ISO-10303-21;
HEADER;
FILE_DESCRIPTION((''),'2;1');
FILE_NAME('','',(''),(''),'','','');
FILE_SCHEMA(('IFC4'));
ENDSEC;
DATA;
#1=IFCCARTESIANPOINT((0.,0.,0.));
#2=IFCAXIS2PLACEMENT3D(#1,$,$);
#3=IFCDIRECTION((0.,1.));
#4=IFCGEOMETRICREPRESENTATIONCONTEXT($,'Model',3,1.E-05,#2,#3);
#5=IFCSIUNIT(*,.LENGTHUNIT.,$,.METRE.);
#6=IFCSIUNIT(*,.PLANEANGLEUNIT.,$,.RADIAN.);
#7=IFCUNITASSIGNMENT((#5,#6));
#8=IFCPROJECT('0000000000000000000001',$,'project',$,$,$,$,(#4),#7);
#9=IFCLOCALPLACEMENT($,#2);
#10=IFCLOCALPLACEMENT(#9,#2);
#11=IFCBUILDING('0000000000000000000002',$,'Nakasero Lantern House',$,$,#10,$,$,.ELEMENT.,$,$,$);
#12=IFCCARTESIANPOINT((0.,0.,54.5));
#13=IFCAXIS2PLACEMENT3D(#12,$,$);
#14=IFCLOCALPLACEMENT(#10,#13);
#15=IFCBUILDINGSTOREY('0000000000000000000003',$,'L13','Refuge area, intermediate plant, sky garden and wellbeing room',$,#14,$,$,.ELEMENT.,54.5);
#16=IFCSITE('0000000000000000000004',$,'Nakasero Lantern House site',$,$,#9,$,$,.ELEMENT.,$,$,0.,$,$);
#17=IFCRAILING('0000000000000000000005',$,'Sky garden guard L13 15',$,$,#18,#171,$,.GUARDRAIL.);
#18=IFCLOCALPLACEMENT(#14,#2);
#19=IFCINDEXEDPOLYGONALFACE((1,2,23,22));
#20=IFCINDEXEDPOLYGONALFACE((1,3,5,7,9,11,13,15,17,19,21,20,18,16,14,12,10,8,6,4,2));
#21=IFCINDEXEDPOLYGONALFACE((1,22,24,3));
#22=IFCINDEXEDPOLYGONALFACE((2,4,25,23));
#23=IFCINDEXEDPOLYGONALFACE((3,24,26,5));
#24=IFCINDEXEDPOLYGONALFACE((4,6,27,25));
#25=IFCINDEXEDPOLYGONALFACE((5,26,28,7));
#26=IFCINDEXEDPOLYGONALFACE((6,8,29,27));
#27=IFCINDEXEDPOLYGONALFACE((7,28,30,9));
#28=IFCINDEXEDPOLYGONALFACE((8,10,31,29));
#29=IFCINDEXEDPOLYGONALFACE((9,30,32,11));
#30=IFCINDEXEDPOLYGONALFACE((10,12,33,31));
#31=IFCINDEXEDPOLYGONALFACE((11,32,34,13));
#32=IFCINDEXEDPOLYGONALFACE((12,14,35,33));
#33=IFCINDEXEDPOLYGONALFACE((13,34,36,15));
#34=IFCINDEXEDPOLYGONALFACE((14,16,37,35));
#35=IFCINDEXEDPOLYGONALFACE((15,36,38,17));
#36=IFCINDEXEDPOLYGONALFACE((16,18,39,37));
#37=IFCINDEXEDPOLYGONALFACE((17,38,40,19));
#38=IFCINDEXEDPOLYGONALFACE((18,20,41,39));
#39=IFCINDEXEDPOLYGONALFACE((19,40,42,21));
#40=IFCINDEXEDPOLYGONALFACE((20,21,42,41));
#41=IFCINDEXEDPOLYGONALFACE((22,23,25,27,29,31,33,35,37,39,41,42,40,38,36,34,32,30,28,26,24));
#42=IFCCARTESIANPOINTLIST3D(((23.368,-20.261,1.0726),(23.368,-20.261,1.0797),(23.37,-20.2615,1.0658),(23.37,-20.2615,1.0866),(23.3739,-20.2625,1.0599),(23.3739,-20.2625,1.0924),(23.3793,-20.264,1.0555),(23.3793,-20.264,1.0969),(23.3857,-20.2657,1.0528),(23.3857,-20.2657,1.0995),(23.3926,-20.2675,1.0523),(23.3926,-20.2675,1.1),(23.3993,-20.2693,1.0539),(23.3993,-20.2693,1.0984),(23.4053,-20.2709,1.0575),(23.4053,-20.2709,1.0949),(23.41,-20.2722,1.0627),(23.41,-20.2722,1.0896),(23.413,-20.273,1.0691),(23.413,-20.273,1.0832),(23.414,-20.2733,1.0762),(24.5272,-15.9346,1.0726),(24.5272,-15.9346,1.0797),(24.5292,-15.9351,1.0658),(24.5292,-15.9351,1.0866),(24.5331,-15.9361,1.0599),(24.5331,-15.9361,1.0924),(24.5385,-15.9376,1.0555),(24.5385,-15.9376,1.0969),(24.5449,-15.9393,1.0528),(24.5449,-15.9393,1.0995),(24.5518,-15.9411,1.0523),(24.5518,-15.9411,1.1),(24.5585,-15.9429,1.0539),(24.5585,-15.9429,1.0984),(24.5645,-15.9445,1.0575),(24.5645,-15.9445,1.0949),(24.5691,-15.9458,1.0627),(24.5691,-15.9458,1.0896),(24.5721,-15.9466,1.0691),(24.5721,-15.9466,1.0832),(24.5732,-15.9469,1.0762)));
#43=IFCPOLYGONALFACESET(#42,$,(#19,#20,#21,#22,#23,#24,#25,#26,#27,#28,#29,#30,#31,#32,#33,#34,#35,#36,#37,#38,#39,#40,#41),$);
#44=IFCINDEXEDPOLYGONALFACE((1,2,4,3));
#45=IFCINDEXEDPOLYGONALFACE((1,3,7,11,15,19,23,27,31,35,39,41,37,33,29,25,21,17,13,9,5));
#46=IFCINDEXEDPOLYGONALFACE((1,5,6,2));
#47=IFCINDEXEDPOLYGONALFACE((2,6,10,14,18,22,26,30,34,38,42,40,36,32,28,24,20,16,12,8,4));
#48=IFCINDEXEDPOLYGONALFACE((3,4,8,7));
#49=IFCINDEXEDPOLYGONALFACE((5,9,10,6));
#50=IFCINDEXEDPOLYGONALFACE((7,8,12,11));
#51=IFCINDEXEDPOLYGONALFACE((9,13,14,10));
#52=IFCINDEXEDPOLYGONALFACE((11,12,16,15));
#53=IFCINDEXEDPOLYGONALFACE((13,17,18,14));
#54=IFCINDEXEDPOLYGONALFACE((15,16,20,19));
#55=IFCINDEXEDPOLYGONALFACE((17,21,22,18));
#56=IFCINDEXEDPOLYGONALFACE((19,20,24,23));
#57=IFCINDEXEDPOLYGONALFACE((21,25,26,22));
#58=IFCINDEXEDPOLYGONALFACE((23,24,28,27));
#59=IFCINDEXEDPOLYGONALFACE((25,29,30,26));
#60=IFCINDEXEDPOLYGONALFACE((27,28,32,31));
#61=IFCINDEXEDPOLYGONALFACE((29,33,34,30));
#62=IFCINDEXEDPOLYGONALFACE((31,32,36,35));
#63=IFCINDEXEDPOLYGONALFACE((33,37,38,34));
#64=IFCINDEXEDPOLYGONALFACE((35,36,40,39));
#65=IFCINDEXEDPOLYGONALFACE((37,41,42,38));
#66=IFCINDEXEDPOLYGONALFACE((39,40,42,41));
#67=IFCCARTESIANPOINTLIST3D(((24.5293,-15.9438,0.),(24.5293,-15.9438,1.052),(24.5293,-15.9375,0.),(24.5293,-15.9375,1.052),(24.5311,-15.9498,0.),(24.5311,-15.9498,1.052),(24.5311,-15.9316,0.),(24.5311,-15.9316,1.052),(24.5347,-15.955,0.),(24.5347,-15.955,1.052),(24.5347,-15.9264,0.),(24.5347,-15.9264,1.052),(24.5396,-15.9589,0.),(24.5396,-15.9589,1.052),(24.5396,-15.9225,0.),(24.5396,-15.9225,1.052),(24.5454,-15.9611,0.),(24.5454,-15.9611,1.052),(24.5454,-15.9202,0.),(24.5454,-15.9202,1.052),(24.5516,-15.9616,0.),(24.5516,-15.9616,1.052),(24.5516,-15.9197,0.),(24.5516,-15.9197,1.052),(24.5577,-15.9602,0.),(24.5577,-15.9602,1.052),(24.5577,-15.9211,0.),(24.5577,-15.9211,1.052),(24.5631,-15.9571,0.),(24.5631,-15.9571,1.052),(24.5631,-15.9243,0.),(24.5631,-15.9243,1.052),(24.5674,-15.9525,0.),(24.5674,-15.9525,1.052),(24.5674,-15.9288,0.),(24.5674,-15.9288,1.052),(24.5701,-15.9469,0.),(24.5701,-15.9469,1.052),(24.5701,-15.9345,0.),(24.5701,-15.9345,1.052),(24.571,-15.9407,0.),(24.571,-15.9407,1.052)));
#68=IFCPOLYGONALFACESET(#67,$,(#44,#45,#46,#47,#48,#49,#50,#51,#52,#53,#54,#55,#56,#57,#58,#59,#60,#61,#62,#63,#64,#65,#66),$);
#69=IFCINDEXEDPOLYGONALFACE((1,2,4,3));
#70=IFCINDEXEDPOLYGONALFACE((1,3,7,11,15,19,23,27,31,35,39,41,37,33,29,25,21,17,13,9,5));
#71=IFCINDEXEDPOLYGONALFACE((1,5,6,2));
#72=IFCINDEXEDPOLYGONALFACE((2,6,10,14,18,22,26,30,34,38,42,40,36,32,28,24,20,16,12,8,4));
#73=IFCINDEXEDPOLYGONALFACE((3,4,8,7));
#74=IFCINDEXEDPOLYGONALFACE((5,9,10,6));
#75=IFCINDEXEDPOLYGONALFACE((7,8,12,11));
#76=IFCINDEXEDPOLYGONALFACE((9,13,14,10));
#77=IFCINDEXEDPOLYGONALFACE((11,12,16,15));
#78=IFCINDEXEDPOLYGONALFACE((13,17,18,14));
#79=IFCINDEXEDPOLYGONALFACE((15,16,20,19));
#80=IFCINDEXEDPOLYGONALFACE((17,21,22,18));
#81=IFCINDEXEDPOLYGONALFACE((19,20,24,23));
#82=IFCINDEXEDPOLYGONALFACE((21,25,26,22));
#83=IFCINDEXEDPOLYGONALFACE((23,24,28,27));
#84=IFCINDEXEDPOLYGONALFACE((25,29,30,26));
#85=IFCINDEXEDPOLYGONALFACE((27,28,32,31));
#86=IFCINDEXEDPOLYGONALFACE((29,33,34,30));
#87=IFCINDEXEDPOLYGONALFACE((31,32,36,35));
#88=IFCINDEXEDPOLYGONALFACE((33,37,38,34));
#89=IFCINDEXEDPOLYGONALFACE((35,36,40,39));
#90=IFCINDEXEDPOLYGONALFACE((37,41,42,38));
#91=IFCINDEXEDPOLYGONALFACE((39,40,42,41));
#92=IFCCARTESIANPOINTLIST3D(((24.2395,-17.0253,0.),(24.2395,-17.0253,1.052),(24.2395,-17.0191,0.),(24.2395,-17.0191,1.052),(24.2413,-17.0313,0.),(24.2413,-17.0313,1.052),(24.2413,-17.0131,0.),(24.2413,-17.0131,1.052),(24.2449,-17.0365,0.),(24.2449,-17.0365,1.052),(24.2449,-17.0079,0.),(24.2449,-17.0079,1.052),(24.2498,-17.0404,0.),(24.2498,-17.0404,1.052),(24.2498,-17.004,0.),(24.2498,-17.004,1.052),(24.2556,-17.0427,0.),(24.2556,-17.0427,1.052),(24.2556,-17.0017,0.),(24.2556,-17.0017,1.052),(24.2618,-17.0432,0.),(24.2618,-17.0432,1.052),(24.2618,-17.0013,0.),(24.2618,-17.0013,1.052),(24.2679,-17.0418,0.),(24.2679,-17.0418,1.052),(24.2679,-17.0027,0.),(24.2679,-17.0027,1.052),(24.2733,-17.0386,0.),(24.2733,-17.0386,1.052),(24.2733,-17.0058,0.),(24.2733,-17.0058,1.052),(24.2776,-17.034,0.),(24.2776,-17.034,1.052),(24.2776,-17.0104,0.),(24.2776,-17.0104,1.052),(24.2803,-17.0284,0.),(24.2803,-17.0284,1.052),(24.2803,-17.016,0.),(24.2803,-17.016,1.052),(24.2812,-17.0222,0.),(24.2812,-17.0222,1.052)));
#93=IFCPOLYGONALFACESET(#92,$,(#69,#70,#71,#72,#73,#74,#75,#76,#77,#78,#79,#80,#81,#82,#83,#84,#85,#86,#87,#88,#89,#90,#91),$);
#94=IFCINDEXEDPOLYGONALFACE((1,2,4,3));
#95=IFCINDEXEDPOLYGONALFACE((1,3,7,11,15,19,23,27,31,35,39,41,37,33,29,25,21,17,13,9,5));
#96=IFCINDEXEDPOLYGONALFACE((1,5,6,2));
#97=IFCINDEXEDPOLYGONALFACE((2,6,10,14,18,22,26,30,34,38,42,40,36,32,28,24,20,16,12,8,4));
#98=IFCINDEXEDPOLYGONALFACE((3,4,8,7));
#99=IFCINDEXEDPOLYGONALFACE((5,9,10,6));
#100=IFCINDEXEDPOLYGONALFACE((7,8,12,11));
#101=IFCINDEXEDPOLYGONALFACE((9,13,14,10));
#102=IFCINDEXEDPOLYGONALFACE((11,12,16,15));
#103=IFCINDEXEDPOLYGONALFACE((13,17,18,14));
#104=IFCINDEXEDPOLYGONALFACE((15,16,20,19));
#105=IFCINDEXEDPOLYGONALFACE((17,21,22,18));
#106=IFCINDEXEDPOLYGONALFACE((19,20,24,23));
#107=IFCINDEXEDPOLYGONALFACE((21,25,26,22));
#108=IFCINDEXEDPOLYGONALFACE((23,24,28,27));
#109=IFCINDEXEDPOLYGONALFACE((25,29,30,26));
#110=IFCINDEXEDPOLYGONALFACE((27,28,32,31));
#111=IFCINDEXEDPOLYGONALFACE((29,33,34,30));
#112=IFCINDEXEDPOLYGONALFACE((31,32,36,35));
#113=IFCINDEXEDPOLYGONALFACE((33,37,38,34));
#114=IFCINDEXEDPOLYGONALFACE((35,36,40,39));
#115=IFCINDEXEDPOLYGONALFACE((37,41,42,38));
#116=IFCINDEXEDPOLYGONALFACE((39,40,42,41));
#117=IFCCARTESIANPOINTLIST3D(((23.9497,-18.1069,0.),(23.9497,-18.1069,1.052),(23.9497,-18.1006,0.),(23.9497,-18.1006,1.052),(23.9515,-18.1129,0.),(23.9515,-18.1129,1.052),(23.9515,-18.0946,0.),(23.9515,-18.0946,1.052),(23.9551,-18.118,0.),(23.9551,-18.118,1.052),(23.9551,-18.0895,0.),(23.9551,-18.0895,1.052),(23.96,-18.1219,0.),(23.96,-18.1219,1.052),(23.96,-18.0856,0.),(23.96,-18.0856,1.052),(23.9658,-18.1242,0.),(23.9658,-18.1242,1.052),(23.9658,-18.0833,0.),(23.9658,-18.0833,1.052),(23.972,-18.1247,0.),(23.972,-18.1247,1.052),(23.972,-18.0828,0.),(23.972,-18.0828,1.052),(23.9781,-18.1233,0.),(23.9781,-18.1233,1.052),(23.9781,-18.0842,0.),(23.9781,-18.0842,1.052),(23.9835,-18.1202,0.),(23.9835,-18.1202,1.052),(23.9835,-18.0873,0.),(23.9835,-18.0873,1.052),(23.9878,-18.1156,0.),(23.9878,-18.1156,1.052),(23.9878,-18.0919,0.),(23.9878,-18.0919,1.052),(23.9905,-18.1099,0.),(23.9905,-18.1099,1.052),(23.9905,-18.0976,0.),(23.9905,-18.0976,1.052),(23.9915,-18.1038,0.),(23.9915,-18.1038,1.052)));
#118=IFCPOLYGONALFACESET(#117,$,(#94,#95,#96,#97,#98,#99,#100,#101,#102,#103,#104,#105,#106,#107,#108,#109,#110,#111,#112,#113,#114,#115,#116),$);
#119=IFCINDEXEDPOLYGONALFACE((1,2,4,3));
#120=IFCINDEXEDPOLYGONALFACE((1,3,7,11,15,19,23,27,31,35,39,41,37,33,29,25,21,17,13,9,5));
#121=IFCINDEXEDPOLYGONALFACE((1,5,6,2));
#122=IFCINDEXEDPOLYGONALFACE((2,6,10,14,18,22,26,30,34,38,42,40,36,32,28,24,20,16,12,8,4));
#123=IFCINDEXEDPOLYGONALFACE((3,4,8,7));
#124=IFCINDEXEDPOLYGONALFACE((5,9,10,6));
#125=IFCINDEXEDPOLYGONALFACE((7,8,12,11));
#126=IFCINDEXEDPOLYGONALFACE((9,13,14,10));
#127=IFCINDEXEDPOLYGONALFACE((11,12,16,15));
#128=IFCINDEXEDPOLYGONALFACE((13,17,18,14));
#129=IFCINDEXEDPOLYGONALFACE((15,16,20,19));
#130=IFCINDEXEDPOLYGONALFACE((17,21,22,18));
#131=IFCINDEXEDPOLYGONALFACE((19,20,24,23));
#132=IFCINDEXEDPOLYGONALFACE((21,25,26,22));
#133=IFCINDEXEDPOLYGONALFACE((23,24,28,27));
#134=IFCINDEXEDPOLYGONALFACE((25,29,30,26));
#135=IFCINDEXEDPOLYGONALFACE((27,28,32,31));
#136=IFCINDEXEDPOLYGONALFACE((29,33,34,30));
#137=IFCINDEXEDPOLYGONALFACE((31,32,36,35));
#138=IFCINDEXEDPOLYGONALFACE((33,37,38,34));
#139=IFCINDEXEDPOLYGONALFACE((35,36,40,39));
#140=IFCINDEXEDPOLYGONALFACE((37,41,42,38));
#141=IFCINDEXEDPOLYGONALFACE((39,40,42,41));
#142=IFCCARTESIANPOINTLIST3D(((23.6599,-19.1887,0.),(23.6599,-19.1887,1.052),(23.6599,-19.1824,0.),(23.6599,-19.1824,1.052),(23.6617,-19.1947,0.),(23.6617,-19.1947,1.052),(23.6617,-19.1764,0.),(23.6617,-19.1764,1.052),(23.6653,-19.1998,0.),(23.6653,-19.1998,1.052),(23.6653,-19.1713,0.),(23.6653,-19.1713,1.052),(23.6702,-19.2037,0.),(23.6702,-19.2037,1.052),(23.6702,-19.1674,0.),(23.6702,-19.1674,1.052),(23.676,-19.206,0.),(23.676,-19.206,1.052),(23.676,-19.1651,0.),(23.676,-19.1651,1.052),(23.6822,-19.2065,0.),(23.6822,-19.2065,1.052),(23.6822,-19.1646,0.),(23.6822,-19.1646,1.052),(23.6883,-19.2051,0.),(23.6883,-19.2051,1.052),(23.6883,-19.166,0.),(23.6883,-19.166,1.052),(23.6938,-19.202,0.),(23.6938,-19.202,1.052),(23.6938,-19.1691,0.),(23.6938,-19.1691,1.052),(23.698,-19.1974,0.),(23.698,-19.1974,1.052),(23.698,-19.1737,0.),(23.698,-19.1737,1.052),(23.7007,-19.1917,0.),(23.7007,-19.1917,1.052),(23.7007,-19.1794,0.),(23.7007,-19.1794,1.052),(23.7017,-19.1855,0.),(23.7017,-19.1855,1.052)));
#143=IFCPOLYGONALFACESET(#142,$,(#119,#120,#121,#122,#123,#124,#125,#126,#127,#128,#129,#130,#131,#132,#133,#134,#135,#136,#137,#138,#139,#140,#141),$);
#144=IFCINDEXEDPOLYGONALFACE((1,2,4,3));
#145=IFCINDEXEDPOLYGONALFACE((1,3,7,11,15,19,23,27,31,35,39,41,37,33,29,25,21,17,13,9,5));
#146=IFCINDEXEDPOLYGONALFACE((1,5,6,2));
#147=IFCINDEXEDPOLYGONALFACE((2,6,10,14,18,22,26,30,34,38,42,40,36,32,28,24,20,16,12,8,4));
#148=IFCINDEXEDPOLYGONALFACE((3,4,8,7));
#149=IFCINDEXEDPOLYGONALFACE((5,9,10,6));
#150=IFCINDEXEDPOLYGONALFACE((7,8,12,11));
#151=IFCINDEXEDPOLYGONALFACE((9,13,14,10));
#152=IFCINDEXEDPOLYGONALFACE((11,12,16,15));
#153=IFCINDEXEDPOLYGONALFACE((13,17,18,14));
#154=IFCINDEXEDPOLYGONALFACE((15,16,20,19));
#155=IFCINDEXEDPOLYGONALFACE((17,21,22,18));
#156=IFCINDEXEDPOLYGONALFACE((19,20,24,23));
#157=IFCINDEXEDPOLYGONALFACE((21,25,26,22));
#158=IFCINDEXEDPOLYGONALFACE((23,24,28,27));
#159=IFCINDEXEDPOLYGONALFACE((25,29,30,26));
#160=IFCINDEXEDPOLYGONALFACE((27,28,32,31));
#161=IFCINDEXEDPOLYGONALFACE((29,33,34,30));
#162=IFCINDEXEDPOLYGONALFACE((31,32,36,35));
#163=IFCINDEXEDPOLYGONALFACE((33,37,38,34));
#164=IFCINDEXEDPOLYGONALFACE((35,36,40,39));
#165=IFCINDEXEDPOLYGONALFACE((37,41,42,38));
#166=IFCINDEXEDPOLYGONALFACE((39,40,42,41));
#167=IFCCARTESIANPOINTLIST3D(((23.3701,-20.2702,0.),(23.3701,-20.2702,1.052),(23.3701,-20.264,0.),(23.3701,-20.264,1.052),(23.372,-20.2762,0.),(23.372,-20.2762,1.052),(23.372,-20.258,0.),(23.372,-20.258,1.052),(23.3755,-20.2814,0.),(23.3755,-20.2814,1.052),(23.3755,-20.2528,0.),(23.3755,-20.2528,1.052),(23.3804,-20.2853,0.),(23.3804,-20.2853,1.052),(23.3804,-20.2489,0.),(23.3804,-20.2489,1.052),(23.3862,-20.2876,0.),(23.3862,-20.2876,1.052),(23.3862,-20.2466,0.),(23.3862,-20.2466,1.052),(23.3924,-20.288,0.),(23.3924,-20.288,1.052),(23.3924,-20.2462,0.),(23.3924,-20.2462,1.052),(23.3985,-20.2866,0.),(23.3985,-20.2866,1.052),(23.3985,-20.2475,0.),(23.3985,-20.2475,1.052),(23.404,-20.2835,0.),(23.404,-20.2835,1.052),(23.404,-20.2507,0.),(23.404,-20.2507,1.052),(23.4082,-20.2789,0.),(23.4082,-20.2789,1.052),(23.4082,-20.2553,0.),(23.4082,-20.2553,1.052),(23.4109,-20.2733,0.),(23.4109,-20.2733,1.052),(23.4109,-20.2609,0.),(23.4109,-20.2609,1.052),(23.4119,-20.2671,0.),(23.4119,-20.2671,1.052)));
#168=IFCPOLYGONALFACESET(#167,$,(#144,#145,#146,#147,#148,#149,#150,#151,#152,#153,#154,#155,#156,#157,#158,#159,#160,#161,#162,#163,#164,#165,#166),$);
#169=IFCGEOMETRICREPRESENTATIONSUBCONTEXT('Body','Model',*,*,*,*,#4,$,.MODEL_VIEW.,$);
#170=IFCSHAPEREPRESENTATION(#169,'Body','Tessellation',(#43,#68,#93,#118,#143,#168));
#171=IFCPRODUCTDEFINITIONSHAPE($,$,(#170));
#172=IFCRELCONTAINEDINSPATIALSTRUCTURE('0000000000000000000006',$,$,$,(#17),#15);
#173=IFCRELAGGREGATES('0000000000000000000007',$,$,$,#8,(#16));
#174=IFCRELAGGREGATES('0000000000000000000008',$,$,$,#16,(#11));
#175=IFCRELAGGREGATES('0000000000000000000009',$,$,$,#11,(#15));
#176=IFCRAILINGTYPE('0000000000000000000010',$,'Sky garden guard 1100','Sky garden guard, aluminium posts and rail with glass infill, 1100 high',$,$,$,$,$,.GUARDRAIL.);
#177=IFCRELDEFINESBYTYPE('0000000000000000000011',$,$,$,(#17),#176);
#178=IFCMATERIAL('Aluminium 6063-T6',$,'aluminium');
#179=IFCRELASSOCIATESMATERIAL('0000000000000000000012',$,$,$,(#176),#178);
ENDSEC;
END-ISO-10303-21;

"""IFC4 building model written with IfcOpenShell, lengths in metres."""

from ifc_helpers import new_model, si_unit, direction, frame, origin, origin_2d, place, context, subcontext, project, spatial, circle, extrude, material, type_object, element, save


model = new_model("IFC4")

# Units and contexts
model_context = context("Model", 3, precision=1e-05, world=origin(), true_north=direction((0.0, 1.0)))
body_context = subcontext(model_context, "Body", "Model", "MODEL_VIEW")
ifc_project = project(units=[si_unit("LENGTHUNIT", "METRE"), si_unit("PLANEANGLEUNIT", "RADIAN")], contexts=[model_context])

# Site, building, storey
site_placement = place(None, origin())
site = spatial("IfcSite", under=ifc_project, at=site_placement, Name="Nakasero Lantern House site", CompositionType="ELEMENT", RefElevation=0.0)
building_placement = place(site_placement, origin())
building = spatial("IfcBuilding", under=site, at=building_placement, Name="Nakasero Lantern House", CompositionType="ELEMENT")
storey_placement = place(building_placement, frame((0.0, 0.0, 54.5)))
storey = spatial("IfcBuildingStorey", under=building, at=storey_placement, Name="L13", Description="Refuge area, intermediate plant, sky garden and wellbeing room", CompositionType="ELEMENT", Elevation=54.5)

# Railing
ifc_material_1 = material(Name="Aluminium 6063-T6", Category="aluminium")
railing_type = type_object("IfcRailingType", Name="Sky garden guard 1100", Description="Sky garden guard, aluminium posts and rail with glass infill, 1100 high", PredefinedType="GUARDRAIL", material=ifc_material_1)
railing_placement = place(storey_placement, frame((24.55, -15.9407, 0.0)))
element("IfcRailing", 1, at=railing_placement, inside=storey, type_object=railing_type, Name="Sky garden guard L13 15", PredefinedType="GUARDRAIL", context=body_context, shape_type="SweptSolid", body=[
    extrude(circle(Radius=0.0239, at=origin_2d()), frame((0.0, 0.0, 1.0762), z_axis=(-0.258802, -0.96593, 0.0), x_axis=(0.96593, -0.258802, 0.0)), (0.0, 0.0, 1.0), 4.479),
    extrude(circle(Radius=0.021, at=origin_2d()), origin(), (0.0, 0.0, 1.0), 1.052),
    extrude(circle(Radius=0.021, at=origin_2d()), frame((-0.2898, -1.0815, 0.0)), (0.0, 0.0, 1.0), 1.052),
    extrude(circle(Radius=0.021, at=origin_2d()), frame((-0.5796, -2.1631, 0.0)), (0.0, 0.0, 1.0), 1.052),
    extrude(circle(Radius=0.021, at=origin_2d()), frame((-0.8694, -3.2449, 0.0)), (0.0, 0.0, 1.0), 1.052),
    extrude(circle(Radius=0.021, at=origin_2d()), frame((-1.1592, -4.3264, 0.0)), (0.0, 0.0, 1.0), 1.052),
])

save(model, "model.ifc")
